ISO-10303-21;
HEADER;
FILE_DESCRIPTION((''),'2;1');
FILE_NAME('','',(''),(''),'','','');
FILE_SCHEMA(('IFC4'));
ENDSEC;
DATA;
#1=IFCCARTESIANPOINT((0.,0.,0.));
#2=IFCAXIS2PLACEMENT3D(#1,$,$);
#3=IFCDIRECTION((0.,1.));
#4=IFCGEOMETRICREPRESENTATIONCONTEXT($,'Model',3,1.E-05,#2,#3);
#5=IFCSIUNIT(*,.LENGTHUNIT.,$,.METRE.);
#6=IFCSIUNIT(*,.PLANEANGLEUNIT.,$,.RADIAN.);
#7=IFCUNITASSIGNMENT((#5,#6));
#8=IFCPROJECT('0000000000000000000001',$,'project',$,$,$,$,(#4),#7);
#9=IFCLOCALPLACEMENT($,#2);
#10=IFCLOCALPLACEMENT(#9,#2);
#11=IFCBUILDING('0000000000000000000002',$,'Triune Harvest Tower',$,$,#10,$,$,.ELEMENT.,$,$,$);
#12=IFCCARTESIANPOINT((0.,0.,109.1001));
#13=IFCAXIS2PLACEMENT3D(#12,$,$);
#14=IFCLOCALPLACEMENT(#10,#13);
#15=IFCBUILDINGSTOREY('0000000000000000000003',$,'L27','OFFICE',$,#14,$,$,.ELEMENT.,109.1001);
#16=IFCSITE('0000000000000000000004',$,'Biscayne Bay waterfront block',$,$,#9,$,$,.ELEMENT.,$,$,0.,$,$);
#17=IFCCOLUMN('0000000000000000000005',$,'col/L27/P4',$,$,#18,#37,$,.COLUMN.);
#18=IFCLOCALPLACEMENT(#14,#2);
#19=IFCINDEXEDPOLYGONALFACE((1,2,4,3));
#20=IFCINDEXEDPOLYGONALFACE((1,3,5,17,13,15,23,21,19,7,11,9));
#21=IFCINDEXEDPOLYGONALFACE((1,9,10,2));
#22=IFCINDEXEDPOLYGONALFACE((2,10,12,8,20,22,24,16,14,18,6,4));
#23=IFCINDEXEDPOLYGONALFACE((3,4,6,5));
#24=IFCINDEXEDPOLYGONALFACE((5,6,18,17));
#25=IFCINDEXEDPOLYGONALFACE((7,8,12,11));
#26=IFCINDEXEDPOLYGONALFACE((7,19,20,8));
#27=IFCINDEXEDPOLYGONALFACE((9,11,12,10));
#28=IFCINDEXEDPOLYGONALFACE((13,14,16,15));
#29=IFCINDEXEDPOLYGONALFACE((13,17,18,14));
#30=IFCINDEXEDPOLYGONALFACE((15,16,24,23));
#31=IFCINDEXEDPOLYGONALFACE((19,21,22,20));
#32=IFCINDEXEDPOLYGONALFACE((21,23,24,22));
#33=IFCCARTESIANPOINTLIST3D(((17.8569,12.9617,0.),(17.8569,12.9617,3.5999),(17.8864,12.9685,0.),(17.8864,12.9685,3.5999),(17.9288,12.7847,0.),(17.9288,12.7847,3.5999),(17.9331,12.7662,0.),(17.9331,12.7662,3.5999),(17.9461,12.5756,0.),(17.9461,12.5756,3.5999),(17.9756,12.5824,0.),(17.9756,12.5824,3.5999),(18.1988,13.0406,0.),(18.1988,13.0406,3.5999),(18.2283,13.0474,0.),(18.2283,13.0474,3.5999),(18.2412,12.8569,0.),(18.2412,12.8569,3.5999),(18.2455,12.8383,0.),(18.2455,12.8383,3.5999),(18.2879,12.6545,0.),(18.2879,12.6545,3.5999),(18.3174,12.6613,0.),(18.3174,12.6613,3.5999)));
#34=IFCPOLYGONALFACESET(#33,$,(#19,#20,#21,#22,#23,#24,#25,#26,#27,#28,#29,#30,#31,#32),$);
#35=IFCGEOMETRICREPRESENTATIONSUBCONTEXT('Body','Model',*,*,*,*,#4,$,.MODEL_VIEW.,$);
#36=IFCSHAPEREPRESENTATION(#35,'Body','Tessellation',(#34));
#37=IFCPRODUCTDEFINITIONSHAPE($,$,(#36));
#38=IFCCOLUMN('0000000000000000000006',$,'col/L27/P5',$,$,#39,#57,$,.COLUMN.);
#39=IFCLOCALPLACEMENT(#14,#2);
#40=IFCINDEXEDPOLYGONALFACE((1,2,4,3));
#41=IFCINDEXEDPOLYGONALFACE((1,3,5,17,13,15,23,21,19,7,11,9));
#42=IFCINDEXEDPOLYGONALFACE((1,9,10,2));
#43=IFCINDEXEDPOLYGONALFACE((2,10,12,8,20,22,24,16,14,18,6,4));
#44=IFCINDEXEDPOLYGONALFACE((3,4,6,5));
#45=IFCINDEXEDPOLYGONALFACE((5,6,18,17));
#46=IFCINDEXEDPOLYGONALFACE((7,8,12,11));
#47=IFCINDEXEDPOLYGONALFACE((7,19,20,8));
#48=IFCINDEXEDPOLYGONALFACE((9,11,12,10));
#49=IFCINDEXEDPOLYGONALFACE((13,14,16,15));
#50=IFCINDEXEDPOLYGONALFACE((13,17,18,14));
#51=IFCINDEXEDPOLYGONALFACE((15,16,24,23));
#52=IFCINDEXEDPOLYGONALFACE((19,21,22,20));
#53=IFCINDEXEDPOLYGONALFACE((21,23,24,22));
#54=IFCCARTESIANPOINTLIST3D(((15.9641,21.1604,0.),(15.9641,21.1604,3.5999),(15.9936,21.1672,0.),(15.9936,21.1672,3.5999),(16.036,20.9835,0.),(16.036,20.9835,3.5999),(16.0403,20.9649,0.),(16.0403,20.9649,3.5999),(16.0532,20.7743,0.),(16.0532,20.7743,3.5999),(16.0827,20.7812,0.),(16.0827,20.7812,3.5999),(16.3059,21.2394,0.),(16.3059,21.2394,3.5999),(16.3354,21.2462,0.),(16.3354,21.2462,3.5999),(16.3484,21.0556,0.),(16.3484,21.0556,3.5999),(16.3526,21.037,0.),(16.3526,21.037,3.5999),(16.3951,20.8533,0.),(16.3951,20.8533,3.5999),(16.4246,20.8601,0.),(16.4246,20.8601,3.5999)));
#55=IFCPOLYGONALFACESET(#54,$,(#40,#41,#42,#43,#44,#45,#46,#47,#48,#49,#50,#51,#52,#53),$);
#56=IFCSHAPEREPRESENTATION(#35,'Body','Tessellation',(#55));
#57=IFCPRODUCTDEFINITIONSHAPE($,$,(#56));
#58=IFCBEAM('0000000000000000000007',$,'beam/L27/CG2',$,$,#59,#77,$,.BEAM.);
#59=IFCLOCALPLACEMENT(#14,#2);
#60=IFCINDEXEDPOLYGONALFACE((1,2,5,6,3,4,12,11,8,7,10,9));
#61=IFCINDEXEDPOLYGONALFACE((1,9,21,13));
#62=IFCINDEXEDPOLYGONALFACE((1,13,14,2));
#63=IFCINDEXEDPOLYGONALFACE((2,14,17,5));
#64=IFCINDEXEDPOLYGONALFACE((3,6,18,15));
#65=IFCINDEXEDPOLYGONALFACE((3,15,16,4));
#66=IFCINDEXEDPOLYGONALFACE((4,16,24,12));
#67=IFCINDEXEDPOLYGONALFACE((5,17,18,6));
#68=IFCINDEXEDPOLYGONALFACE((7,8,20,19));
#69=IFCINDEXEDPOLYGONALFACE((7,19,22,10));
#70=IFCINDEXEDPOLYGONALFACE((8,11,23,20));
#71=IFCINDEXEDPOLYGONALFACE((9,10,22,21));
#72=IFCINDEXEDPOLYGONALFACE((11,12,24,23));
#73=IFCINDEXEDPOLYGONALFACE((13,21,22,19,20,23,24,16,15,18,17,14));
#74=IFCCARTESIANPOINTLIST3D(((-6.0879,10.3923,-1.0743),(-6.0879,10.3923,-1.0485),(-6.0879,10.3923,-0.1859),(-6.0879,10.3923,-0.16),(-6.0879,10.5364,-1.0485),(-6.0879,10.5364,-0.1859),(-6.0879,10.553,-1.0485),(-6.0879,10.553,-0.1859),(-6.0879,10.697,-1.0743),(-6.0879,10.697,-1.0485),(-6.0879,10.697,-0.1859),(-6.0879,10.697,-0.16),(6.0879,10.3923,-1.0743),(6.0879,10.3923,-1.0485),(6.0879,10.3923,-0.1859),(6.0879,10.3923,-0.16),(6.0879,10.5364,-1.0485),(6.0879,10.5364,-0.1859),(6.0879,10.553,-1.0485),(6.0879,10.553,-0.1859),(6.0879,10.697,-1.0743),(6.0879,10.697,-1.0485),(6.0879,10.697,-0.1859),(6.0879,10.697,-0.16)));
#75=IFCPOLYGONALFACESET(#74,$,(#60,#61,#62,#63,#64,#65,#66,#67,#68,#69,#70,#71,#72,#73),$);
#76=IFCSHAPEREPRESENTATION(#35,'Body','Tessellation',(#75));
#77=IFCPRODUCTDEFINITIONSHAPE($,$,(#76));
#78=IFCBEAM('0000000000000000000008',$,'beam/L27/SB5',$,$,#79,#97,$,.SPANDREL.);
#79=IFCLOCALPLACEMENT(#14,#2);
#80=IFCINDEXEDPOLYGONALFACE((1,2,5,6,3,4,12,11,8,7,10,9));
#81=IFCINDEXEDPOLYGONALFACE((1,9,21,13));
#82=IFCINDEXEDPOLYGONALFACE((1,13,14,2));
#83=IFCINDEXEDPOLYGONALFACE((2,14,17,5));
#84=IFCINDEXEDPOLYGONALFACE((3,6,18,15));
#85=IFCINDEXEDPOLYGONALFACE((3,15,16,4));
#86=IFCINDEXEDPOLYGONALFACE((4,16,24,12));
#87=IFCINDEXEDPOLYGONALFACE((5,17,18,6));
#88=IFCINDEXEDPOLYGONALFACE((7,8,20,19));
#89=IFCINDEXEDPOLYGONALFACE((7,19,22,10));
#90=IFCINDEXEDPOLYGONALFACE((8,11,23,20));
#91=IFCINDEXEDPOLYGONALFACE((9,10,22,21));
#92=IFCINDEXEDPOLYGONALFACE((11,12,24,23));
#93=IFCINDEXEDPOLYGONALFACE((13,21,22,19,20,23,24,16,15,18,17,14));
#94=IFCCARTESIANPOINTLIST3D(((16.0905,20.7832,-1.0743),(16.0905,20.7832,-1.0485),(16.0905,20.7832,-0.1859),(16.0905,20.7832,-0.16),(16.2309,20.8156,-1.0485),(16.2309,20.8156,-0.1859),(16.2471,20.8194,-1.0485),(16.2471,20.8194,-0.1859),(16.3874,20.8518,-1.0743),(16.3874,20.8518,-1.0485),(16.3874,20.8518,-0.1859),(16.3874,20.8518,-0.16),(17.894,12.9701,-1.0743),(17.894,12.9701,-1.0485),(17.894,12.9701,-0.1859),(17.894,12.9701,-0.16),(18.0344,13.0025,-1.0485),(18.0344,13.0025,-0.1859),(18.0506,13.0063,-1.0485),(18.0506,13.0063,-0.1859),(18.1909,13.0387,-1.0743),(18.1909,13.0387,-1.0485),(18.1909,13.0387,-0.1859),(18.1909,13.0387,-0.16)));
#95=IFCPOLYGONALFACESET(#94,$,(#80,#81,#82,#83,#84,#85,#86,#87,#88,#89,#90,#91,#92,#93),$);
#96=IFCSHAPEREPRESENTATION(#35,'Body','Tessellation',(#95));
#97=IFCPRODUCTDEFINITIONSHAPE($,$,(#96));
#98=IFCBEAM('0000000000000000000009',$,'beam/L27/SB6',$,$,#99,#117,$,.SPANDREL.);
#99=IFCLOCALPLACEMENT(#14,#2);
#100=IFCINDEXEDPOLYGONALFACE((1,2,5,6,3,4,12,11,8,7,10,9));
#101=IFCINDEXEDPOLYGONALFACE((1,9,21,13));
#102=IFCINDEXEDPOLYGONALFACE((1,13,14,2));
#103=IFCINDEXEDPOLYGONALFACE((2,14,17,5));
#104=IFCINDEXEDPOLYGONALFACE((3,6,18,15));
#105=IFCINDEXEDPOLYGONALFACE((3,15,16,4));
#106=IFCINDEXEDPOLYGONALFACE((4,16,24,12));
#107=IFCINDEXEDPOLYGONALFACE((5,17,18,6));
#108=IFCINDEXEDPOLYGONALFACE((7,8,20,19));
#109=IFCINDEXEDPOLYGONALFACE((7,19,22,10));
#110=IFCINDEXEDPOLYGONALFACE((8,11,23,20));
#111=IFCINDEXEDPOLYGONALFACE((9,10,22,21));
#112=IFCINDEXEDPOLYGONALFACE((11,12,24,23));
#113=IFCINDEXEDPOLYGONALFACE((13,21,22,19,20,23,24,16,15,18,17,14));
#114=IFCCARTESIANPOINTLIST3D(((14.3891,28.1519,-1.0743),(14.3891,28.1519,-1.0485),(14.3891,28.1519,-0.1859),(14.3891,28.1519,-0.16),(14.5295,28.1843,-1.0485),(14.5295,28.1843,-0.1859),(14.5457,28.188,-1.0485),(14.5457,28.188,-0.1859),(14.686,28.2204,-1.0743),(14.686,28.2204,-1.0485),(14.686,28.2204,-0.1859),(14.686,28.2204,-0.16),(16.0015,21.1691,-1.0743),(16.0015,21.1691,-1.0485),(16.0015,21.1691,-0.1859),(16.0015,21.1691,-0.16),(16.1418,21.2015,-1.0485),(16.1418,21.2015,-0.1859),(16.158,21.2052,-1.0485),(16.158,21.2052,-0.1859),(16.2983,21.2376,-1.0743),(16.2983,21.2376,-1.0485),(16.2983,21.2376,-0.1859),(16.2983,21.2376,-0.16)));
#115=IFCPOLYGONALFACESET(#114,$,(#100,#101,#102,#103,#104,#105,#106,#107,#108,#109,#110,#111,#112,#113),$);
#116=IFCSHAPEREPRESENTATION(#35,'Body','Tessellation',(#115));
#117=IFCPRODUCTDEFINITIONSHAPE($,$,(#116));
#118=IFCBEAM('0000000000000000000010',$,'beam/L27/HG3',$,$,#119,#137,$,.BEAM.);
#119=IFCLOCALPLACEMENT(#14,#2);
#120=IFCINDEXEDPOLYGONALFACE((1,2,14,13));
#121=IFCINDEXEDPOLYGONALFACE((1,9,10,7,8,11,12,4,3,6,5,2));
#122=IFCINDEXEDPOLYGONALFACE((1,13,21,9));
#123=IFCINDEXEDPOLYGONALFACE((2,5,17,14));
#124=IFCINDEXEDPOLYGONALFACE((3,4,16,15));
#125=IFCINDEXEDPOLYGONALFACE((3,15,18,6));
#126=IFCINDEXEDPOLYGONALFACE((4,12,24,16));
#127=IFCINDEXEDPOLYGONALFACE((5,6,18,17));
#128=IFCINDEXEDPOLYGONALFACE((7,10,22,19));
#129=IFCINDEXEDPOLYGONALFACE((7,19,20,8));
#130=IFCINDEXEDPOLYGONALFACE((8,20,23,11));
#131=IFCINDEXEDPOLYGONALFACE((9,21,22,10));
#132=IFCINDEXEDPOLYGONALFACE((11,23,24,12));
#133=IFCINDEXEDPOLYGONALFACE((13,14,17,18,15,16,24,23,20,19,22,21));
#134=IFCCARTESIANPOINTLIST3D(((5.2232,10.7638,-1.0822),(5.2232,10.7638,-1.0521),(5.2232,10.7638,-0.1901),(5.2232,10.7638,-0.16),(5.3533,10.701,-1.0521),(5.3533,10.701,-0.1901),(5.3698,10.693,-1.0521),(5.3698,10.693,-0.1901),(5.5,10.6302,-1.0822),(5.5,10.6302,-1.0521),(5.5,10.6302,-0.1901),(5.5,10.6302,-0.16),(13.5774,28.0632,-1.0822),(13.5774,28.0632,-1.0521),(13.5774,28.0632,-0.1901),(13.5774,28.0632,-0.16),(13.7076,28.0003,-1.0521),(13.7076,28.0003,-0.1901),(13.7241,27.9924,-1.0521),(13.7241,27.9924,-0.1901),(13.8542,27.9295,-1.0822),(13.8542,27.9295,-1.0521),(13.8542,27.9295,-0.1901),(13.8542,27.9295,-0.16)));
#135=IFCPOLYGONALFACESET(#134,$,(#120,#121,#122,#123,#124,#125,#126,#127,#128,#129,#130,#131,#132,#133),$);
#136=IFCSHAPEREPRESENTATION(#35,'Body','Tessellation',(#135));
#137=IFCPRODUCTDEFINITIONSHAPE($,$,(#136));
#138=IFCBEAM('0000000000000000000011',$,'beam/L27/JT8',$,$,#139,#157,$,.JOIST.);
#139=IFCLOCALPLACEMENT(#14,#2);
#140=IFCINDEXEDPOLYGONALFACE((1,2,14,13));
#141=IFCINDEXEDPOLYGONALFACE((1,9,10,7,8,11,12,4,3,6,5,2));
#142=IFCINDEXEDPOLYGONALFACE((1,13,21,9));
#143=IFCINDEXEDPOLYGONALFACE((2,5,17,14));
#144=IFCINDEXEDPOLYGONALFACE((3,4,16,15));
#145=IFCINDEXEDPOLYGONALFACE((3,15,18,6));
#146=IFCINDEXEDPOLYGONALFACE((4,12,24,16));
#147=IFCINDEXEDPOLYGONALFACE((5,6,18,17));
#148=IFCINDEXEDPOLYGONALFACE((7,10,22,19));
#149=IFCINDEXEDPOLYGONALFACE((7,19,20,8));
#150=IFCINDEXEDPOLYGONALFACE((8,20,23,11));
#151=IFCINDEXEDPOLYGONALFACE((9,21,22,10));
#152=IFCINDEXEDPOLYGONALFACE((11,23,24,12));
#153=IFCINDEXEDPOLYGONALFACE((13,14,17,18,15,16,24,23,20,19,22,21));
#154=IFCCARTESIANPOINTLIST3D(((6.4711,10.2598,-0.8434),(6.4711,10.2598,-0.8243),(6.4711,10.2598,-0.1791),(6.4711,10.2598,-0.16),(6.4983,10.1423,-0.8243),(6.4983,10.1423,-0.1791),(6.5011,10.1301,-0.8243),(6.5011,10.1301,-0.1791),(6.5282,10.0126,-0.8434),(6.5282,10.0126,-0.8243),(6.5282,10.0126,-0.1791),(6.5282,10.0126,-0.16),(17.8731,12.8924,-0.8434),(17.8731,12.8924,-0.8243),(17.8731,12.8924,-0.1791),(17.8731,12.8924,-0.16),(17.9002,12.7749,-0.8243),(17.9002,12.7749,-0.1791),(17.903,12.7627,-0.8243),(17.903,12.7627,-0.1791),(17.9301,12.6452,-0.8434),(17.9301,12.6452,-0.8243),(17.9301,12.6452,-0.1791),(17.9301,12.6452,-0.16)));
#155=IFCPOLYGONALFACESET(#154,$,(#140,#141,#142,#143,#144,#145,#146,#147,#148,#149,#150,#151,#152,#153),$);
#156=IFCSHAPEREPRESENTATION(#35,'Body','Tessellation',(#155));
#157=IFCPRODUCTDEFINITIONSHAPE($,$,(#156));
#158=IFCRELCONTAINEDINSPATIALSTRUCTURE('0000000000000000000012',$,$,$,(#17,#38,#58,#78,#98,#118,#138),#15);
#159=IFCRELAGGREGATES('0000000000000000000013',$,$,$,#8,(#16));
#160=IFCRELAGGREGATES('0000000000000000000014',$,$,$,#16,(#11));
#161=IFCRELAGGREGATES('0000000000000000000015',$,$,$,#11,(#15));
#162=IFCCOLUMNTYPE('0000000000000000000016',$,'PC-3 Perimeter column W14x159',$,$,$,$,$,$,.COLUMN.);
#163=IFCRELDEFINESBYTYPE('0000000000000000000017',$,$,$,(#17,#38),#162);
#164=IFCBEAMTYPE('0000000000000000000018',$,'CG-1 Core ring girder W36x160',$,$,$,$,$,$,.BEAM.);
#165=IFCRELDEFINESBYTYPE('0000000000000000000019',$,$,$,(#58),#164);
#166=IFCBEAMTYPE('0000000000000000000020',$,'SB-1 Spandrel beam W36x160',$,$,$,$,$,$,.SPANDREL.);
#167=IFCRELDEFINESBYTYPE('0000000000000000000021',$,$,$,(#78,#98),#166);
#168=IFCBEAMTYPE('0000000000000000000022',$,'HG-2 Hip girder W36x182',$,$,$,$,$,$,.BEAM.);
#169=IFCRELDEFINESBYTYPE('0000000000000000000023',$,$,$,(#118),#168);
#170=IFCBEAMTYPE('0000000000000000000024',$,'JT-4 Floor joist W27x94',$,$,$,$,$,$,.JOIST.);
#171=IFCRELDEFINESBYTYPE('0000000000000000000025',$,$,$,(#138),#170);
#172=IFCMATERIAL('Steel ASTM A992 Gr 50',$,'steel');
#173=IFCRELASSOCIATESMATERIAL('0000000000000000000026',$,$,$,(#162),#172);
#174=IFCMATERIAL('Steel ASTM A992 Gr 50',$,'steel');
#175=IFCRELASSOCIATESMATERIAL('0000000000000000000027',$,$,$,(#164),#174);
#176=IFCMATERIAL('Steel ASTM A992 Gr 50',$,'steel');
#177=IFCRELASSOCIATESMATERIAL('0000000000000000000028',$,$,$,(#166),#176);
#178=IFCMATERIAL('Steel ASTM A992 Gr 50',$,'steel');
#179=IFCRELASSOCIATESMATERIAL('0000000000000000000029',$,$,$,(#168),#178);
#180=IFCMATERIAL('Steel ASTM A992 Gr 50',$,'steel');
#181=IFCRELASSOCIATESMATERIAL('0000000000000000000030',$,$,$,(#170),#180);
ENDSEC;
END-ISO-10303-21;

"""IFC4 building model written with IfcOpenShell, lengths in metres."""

from ifc_helpers import new_model, si_unit, direction, frame, origin, origin_2d, place, context, subcontext, project, spatial, i_section, extrude, source, transform, mapped, material, material_profile, profile_set, type_object, element, save


model = new_model("IFC4")

# Units and contexts
model_context = context("Model", 3, precision=1e-05, world=origin(), true_north=direction((0.0, 1.0)))
body_context = subcontext(model_context, "Body", "Model", "MODEL_VIEW")
ifc_project = project(units=[si_unit("LENGTHUNIT", "METRE"), si_unit("PLANEANGLEUNIT", "RADIAN")], contexts=[model_context])

# Site, building, storey
site_placement = place(None, origin())
site = spatial("IfcSite", under=ifc_project, at=site_placement, Name="Biscayne Bay waterfront block", CompositionType="ELEMENT", RefElevation=0.0)
building_placement = place(site_placement, origin())
building = spatial("IfcBuilding", under=site, at=building_placement, Name="Triune Harvest Tower", CompositionType="ELEMENT")
storey_placement = place(building_placement, frame((0.0, 0.0, 109.1001)))
storey = spatial("IfcBuildingStorey", under=building, at=storey_placement, Name="L27", Description="OFFICE", CompositionType="ELEMENT", Elevation=109.1001)

# Columns
ifc_material_1 = material(Name="Steel ASTM A992 Gr 50", Category="steel")
ifc_material_profile_1 = material_profile(ifc_material_1, i_section(OverallWidth=0.3962, OverallDepth=0.3811, WebThickness=0.019, FlangeThickness=0.0303, at=origin_2d()), Name="W14x159")
ifc_profile_set_1 = profile_set([ifc_material_profile_1], Name="Steel ASTM A992 Gr 50")
column_type = type_object("IfcColumnType", Name="PC-3 Perimeter column W14x159", PredefinedType="COLUMN", material=ifc_profile_set_1)
shared_shape_1 = source(origin(), body_context, "Body", "SweptSolid", [
    extrude(i_section(OverallWidth=0.3962, OverallDepth=0.3811, WebThickness=0.019, FlangeThickness=0.0303, at=origin_2d()), origin(), (0.0, 0.0, 1.0), 3.5999),
])
for number, where, z_axis, x_axis, name in (
    (1, (18.0872, 12.8115, 0.0), (0.0, 0.0, 1.0), (-0.224953, 0.97437, 0.0), "col/L27/P4"),
    (2, (16.1943, 21.0103, 0.0), (0.0, 0.0, 1.0), (-0.224953, 0.97437, 0.0), "col/L27/P5"),
):
    element("IfcColumn", number, at=place(storey_placement, frame(where, z_axis=z_axis, x_axis=x_axis)), inside=storey, type_object=column_type, Name=name, PredefinedType="COLUMN", context=body_context, shape_type="MappedRepresentation", body=[
        mapped(shared_shape_1, transform((0.0, 0.0, 0.0), scale=1.0)),
    ])

# Beams
ifc_material_2 = material(Name="Steel ASTM A992 Gr 50", Category="steel")
ifc_material_profile_2 = material_profile(ifc_material_2, i_section(OverallWidth=0.3047, OverallDepth=0.9143, WebThickness=0.0166, FlangeThickness=0.0259, at=origin_2d()), Name="W36x160")
ifc_profile_set_2 = profile_set([ifc_material_profile_2], Name="Steel ASTM A992 Gr 50")
beam_type_1 = type_object("IfcBeamType", Name="CG-1 Core ring girder W36x160", PredefinedType="BEAM", material=ifc_profile_set_2)
shared_shape_2 = source(origin(), body_context, "Body", "SweptSolid", [
    extrude(i_section(OverallWidth=0.3047, OverallDepth=0.9143, WebThickness=0.0166, FlangeThickness=0.0259, at=origin_2d()), origin(), (0.0, 0.0, 1.0), 12.1758),
])
beam_1_placement = place(storey_placement, frame((6.0879, 10.5447, -0.6172), z_axis=(-1.0, 0.0, 0.0), x_axis=(0.0, -1.0, 0.0)))
element("IfcBeam", 3, at=beam_1_placement, inside=storey, type_object=beam_type_1, Name="beam/L27/CG2", PredefinedType="BEAM", context=body_context, shape_type="MappedRepresentation", body=[
    mapped(shared_shape_2, transform((0.0, 0.0, 0.0), scale=1.0)),
])
ifc_material_3 = material(Name="Steel ASTM A992 Gr 50", Category="steel")
ifc_material_profile_3 = material_profile(ifc_material_3, i_section(OverallWidth=0.3047, OverallDepth=0.9143, WebThickness=0.0166, FlangeThickness=0.0259, at=origin_2d()), Name="W36x160")
ifc_profile_set_3 = profile_set([ifc_material_profile_3], Name="Steel ASTM A992 Gr 50")
beam_type_2 = type_object("IfcBeamType", Name="SB-1 Spandrel beam W36x160", PredefinedType="SPANDREL", material=ifc_profile_set_3)
shared_shape_3 = source(origin(), body_context, "Body", "SweptSolid", [
    extrude(i_section(OverallWidth=0.3047, OverallDepth=0.9143, WebThickness=0.0166, FlangeThickness=0.0259, at=origin_2d()), origin(), (0.0, 0.0, 1.0), 8.0186),
])
beam_2_placement = place(storey_placement, frame((18.0425, 13.0044, -0.6172), z_axis=(-0.224915, 0.974378, 0.0), x_axis=(-0.974378, -0.224915, 0.0)))
element("IfcBeam", 4, at=beam_2_placement, inside=storey, type_object=beam_type_2, Name="beam/L27/SB5", PredefinedType="SPANDREL", context=body_context, shape_type="MappedRepresentation", body=[
    mapped(shared_shape_3, transform((0.0, 0.0, 0.0), scale=1.0)),
])
shared_shape_4 = source(origin(), body_context, "Body", "SweptSolid", [
    extrude(i_section(OverallWidth=0.3047, OverallDepth=0.9143, WebThickness=0.0166, FlangeThickness=0.0259, at=origin_2d()), origin(), (0.0, 0.0, 1.0), 7.1665),
])
beam_3_placement = place(storey_placement, frame((16.1499, 21.2034, -0.6172), z_axis=(-0.224981, 0.974363, 0.0), x_axis=(-0.974363, -0.224981, 0.0)))
element("IfcBeam", 5, at=beam_3_placement, inside=storey, type_object=beam_type_2, Name="beam/L27/SB6", PredefinedType="SPANDREL", context=body_context, shape_type="MappedRepresentation", body=[
    mapped(shared_shape_4, transform((0.0, 0.0, 0.0), scale=1.0)),
])
ifc_material_4 = material(Name="Steel ASTM A992 Gr 50", Category="steel")
ifc_material_profile_4 = material_profile(ifc_material_4, i_section(OverallWidth=0.3074, OverallDepth=0.9221, WebThickness=0.0183, FlangeThickness=0.03, at=origin_2d()), Name="W36x182")
ifc_profile_set_4 = profile_set([ifc_material_profile_4], Name="Steel ASTM A992 Gr 50")
beam_type_3 = type_object("IfcBeamType", Name="HG-2 Hip girder W36x182", PredefinedType="BEAM", material=ifc_profile_set_4)
shared_shape_5 = source(origin(), body_context, "Body", "SweptSolid", [
    extrude(i_section(OverallWidth=0.3074, OverallDepth=0.9221, WebThickness=0.0183, FlangeThickness=0.03, at=origin_2d()), origin(), (0.0, 0.0, 1.0), 19.2109),
])
beam_4_placement = place(storey_placement, frame((13.7158, 27.9963, -0.6211), z_axis=(-0.43487, -0.900493, 0.0), x_axis=(0.900493, -0.43487, 0.0)))
element("IfcBeam", 6, at=beam_4_placement, inside=storey, type_object=beam_type_3, Name="beam/L27/HG3", PredefinedType="BEAM", context=body_context, shape_type="MappedRepresentation", body=[
    mapped(shared_shape_5, transform((0.0, 0.0, 0.0), scale=1.0)),
])
ifc_material_5 = material(Name="Steel ASTM A992 Gr 50", Category="steel")
ifc_material_profile_5 = material_profile(ifc_material_5, i_section(OverallWidth=0.2537, OverallDepth=0.6833, WebThickness=0.0125, FlangeThickness=0.019, at=origin_2d()), Name="W27x94")
ifc_profile_set_5 = profile_set([ifc_material_profile_5], Name="Steel ASTM A992 Gr 50")
beam_type_4 = type_object("IfcBeamType", Name="JT-4 Floor joist W27x94", PredefinedType="JOIST", material=ifc_profile_set_5)
shared_shape_6 = source(origin(), body_context, "Body", "SweptSolid", [
    extrude(i_section(OverallWidth=0.2537, OverallDepth=0.6833, WebThickness=0.0125, FlangeThickness=0.019, at=origin_2d()), origin(), (0.0, 0.0, 1.0), 11.7019),
])
beam_5_placement = place(storey_placement, frame((17.9016, 12.7688, -0.5017), z_axis=(-0.974366, -0.224971, 0.0), x_axis=(0.224971, -0.974366, 0.0)))
element("IfcBeam", 7, at=beam_5_placement, inside=storey, type_object=beam_type_4, Name="beam/L27/JT8", PredefinedType="JOIST", context=body_context, shape_type="MappedRepresentation", body=[
    mapped(shared_shape_6, transform((0.0, 0.0, 0.0), scale=1.0)),
])

save(model, "model.ifc")
